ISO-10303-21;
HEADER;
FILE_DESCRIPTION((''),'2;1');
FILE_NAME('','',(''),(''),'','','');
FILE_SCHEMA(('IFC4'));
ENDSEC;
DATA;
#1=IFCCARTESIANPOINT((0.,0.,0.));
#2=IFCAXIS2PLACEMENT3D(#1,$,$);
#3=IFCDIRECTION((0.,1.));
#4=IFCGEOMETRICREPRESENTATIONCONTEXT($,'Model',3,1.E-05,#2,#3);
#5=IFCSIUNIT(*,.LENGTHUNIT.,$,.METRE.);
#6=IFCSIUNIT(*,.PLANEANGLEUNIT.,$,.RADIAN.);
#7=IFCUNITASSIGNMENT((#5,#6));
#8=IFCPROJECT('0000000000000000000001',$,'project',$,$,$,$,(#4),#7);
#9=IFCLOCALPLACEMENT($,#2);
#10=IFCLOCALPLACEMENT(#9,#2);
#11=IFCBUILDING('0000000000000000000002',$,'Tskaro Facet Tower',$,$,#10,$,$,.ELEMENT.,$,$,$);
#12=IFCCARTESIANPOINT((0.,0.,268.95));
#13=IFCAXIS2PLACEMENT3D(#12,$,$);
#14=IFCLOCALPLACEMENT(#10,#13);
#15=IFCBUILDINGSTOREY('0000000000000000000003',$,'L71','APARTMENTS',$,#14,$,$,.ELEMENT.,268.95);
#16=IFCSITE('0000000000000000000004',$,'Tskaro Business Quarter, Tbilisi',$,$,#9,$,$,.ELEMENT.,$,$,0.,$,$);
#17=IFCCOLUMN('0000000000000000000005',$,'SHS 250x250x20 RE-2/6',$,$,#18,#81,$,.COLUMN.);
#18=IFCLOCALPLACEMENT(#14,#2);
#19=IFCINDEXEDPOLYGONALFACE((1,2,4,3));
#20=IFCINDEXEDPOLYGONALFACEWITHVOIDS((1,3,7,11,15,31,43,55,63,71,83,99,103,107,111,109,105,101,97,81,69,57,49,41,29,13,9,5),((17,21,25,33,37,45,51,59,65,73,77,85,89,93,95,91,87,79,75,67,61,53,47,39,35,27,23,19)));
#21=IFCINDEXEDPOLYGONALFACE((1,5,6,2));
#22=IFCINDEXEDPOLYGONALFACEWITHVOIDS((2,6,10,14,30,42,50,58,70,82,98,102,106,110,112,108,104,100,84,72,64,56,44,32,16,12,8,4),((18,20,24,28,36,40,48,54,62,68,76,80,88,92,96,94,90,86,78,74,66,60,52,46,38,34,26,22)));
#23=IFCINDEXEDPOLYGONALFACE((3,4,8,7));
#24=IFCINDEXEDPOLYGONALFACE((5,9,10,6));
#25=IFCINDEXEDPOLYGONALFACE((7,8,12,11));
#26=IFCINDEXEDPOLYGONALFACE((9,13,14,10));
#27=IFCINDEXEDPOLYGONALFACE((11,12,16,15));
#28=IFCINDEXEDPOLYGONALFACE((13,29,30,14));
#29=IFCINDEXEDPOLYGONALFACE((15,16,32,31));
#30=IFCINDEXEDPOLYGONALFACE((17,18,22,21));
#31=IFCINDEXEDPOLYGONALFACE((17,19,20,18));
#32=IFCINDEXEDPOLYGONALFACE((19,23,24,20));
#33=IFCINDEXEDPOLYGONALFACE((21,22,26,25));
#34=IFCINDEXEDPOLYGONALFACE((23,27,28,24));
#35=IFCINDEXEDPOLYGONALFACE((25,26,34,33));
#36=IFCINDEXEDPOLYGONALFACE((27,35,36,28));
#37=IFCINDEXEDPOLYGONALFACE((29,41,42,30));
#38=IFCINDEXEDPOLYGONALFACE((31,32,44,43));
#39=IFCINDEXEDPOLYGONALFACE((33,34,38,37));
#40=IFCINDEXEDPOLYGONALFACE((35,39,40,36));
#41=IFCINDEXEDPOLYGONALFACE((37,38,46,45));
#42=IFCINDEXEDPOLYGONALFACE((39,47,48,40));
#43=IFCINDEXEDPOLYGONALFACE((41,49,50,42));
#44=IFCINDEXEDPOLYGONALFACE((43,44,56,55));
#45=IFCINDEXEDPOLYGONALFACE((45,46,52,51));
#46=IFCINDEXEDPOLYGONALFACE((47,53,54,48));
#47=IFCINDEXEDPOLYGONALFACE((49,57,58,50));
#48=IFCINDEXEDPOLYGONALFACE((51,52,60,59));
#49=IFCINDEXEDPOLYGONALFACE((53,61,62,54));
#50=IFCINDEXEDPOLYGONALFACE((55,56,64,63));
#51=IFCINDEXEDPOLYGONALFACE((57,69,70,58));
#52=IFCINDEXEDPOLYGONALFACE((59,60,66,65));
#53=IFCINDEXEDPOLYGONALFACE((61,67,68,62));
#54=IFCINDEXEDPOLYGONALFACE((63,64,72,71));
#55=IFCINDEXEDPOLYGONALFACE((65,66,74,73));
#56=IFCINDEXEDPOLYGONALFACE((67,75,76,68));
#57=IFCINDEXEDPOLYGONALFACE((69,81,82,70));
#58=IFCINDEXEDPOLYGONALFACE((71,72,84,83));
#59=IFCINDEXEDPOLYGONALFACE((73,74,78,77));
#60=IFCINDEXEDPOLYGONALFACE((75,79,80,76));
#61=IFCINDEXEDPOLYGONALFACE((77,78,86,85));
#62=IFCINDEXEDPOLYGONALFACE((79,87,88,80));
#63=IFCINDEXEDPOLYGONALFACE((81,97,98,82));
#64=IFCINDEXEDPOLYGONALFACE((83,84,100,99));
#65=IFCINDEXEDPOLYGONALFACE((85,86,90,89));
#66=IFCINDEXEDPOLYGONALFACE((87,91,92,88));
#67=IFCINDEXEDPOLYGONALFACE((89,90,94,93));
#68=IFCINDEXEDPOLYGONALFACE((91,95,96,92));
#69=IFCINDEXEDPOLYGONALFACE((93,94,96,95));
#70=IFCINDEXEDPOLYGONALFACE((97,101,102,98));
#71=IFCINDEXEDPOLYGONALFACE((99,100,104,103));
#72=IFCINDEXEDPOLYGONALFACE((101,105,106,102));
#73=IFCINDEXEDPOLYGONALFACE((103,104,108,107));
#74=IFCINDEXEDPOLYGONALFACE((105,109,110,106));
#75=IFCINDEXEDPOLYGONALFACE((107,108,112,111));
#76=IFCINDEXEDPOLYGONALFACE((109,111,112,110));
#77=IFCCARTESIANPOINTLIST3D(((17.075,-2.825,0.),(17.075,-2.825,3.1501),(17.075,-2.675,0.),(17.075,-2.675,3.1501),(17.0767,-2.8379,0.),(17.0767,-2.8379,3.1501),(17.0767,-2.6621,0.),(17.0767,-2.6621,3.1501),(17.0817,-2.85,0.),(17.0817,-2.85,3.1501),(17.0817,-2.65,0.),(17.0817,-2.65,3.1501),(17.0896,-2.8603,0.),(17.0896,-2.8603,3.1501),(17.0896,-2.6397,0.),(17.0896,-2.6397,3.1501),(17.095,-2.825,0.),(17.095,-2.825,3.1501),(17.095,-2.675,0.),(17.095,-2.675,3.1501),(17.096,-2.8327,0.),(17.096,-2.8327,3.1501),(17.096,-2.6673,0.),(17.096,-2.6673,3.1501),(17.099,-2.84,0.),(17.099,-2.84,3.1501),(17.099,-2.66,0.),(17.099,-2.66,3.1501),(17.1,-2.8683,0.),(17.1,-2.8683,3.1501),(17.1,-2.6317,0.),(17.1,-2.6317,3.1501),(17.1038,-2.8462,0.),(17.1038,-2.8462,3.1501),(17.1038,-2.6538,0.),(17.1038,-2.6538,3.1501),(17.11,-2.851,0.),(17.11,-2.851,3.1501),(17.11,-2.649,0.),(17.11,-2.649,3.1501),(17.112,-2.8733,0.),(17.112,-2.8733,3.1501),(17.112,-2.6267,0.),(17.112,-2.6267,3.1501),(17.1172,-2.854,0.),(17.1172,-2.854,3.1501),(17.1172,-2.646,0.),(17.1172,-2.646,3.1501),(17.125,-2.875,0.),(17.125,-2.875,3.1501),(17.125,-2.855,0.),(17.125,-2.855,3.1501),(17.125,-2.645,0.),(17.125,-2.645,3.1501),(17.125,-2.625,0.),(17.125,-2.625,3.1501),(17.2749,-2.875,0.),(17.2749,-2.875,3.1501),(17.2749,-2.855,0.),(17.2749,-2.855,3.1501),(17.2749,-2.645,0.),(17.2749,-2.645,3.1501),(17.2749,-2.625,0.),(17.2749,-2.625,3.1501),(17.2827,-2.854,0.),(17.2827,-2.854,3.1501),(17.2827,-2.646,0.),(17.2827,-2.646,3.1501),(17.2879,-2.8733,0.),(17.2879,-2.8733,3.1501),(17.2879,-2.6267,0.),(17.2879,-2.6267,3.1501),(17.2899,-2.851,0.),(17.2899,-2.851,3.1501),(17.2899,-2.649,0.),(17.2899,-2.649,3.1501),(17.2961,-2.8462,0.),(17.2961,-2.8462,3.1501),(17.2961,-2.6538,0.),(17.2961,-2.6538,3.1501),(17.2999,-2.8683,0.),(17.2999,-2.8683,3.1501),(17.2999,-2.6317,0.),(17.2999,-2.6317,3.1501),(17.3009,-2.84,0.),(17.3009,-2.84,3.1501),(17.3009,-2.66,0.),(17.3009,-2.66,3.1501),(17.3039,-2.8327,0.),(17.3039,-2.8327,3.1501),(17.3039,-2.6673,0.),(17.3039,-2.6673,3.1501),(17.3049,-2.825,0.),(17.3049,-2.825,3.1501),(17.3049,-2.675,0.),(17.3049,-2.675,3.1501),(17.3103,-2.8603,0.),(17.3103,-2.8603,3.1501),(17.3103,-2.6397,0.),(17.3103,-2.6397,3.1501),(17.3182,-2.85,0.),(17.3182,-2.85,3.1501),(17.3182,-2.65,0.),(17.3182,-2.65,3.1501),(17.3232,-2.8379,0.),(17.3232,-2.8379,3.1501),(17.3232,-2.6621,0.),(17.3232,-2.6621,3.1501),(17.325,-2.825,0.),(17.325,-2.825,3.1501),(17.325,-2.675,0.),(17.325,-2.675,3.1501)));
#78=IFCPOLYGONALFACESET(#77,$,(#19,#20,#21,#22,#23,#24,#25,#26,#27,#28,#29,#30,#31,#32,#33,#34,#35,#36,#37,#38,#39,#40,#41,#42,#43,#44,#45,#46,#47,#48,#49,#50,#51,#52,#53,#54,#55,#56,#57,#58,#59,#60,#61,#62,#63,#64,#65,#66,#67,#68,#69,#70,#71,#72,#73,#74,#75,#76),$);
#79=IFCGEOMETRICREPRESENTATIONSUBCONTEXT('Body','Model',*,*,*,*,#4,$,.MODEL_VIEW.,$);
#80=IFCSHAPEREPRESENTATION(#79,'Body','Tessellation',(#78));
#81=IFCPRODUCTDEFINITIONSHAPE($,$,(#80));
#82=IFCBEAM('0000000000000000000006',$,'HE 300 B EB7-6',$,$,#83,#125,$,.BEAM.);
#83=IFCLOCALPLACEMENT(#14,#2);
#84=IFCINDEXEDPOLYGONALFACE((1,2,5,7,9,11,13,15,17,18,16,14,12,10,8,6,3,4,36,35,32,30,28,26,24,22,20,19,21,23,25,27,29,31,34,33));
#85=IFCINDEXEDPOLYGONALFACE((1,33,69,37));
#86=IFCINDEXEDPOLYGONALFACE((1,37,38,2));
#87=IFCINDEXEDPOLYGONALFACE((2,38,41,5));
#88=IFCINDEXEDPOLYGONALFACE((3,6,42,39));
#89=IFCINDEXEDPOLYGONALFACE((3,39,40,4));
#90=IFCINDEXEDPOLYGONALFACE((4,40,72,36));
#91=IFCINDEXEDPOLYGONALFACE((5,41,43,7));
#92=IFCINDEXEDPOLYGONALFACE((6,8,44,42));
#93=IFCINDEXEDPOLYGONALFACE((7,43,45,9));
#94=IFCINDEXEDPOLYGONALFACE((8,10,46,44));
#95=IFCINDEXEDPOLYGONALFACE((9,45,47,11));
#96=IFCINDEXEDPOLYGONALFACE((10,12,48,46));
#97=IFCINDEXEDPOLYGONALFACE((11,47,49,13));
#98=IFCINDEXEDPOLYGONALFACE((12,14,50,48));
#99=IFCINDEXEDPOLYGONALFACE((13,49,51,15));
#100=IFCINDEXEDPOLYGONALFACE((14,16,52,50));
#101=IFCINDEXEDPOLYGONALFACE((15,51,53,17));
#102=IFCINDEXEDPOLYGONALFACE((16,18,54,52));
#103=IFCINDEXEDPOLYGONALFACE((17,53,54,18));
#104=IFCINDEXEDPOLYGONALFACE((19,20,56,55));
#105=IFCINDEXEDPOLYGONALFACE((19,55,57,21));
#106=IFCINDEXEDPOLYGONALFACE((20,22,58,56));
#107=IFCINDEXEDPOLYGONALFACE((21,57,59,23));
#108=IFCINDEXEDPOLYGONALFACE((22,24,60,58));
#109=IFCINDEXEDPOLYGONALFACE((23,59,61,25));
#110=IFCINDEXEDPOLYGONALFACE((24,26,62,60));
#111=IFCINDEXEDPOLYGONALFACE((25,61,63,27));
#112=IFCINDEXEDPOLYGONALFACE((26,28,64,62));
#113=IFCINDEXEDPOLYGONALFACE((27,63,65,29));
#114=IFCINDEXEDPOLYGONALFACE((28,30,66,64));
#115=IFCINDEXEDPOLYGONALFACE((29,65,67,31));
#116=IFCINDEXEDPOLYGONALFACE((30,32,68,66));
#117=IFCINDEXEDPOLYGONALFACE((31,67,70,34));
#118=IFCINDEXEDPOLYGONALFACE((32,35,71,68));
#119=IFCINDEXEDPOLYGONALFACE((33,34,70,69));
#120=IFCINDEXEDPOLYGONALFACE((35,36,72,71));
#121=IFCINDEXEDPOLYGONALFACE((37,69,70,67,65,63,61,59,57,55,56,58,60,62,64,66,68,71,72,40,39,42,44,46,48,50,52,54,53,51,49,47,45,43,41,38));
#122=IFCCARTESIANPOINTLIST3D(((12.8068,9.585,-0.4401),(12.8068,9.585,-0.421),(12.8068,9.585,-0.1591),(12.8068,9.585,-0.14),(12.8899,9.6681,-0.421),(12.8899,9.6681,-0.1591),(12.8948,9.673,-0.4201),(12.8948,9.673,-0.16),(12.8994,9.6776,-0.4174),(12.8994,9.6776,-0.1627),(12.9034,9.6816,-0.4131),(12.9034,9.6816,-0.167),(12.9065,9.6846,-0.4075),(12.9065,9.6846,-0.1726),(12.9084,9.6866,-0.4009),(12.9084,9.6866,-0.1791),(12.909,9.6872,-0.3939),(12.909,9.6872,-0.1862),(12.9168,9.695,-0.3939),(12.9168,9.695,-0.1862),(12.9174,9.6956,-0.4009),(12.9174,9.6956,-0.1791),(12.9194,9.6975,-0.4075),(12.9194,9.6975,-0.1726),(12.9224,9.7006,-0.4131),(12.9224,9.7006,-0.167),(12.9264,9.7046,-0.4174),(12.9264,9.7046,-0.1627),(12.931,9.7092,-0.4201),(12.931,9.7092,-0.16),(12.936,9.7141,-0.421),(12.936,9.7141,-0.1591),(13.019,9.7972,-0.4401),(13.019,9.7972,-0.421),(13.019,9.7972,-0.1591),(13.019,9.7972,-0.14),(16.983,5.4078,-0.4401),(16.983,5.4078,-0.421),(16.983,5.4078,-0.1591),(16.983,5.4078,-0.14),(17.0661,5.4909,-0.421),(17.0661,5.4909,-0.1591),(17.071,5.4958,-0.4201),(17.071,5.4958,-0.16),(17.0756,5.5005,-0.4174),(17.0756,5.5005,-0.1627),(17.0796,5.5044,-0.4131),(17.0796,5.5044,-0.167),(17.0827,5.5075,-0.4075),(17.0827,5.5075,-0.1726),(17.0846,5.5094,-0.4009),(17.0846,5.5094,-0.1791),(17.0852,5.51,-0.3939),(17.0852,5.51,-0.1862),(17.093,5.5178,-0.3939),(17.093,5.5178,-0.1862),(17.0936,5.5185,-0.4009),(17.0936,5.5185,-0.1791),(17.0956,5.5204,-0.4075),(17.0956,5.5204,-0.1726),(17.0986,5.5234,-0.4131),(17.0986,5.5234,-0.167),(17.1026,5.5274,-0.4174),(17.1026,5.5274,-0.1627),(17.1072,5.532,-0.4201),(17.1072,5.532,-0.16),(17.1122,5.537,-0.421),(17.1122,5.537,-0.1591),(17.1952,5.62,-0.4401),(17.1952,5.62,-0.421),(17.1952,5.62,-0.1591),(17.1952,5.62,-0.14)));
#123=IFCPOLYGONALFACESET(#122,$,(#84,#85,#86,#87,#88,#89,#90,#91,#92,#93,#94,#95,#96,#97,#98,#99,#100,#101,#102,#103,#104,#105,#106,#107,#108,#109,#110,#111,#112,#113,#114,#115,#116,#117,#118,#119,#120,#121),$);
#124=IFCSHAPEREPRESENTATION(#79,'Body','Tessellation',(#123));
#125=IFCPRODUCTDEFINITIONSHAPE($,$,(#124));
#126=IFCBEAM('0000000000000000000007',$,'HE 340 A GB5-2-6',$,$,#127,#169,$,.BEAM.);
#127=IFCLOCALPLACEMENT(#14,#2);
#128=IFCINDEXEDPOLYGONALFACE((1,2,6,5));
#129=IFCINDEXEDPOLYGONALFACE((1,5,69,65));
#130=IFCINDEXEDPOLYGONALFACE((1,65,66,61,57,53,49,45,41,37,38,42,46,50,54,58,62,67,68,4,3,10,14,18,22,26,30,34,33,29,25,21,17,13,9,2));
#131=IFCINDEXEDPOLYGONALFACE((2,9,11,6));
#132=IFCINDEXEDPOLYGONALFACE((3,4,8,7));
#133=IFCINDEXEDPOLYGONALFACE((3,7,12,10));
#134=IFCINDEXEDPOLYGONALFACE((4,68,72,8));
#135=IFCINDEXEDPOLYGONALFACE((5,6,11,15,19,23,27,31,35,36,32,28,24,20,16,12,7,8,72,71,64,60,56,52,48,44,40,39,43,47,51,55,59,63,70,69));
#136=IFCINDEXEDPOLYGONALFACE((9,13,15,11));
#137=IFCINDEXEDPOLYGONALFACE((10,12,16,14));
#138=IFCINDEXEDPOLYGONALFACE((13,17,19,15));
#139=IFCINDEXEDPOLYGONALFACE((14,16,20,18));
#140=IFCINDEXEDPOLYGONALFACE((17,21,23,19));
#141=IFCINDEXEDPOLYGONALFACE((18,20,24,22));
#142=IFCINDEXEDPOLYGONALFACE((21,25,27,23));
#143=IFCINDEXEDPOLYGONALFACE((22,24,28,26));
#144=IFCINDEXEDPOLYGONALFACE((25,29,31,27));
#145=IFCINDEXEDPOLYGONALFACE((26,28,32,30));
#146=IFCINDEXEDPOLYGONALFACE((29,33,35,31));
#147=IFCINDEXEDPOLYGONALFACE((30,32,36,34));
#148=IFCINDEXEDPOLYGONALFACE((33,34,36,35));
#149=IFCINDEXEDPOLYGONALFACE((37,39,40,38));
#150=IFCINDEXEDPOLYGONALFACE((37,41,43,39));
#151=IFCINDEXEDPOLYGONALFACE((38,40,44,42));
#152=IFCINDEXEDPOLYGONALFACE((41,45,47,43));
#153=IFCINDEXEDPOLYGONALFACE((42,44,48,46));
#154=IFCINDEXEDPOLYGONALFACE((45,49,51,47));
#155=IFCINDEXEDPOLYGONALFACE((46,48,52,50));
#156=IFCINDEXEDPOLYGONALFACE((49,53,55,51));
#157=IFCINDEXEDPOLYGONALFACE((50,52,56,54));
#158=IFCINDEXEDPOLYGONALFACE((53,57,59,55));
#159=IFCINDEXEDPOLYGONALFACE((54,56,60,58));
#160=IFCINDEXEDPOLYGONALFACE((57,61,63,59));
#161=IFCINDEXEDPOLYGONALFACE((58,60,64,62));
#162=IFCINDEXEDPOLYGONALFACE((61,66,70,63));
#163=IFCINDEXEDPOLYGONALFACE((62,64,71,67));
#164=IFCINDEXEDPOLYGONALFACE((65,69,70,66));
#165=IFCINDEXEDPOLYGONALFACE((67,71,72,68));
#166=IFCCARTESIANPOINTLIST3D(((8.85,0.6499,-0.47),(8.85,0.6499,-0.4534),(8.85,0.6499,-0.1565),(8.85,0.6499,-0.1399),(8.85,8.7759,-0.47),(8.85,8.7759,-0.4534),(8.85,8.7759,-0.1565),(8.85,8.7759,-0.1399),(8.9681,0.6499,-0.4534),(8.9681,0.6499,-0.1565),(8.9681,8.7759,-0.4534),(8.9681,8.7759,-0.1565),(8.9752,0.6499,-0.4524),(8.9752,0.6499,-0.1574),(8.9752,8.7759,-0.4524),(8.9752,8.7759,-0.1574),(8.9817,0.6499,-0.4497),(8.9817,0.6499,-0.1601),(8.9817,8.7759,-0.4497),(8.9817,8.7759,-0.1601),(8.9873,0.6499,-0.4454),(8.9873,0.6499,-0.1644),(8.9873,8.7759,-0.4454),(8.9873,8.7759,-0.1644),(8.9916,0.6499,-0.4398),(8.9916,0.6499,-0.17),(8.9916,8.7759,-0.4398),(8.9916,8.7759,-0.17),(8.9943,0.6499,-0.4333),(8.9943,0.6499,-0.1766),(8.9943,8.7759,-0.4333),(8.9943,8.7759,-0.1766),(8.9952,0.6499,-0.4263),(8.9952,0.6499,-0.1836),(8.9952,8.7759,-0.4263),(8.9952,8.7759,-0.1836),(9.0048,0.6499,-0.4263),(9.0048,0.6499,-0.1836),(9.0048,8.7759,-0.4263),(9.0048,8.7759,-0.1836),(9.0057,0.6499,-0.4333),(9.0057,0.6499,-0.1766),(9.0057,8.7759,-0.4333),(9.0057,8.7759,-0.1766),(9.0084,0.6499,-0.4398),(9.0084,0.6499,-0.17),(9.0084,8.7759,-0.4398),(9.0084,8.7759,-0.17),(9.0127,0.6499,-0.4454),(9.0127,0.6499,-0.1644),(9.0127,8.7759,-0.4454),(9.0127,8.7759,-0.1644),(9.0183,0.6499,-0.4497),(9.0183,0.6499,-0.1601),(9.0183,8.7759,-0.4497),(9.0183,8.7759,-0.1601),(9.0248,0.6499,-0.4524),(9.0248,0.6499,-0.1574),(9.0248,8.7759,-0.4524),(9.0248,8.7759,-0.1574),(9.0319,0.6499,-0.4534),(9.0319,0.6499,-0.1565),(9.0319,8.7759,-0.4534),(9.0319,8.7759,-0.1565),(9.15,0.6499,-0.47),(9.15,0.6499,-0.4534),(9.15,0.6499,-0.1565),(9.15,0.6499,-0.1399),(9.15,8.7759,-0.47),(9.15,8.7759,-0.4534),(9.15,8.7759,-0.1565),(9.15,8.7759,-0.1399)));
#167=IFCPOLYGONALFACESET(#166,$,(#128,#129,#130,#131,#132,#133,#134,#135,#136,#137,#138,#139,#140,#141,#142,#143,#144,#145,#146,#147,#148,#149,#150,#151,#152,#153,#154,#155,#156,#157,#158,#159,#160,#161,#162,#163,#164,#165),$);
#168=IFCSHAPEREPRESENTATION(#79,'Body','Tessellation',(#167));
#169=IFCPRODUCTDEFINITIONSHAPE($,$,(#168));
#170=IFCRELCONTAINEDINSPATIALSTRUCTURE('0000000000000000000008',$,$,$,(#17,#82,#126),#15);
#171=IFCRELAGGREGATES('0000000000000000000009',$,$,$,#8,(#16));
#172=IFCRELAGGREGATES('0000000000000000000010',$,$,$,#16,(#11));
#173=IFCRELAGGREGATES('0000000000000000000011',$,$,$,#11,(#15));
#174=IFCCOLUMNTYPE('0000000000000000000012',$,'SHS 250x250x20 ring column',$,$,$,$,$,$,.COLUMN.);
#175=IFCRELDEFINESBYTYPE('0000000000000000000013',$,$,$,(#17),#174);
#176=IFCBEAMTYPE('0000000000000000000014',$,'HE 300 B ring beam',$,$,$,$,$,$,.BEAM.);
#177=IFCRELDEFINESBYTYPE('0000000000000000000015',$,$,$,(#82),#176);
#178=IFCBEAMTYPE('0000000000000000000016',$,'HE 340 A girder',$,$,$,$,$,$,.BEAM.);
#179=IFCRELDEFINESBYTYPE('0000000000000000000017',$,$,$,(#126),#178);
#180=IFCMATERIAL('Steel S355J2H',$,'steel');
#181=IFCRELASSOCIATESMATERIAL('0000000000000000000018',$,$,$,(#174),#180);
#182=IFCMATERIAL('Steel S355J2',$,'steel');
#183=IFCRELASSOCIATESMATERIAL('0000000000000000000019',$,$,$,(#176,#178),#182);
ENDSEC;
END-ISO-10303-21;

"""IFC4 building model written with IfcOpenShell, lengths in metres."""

from ifc_helpers import new_model, si_unit, direction, frame, origin, origin_2d, place, context, subcontext, project, spatial, hollow_rectangle, i_section, extrude, material, material_profile, profile_set, type_object, element, save


model = new_model("IFC4")

# Units and contexts
model_context = context("Model", 3, precision=1e-05, world=origin(), true_north=direction((0.0, 1.0)))
body_context = subcontext(model_context, "Body", "Model", "MODEL_VIEW")
ifc_project = project(units=[si_unit("LENGTHUNIT", "METRE"), si_unit("PLANEANGLEUNIT", "RADIAN")], contexts=[model_context])

# Site, building, storey
site_placement = place(None, origin())
site = spatial("IfcSite", under=ifc_project, at=site_placement, Name="Tskaro Business Quarter, Tbilisi", CompositionType="ELEMENT", RefElevation=0.0)
building_placement = place(site_placement, origin())
building = spatial("IfcBuilding", under=site, at=building_placement, Name="Tskaro Facet Tower", CompositionType="ELEMENT")
storey_placement = place(building_placement, frame((0.0, 0.0, 268.95)))
storey = spatial("IfcBuildingStorey", under=building, at=storey_placement, Name="L71", Description="APARTMENTS", CompositionType="ELEMENT", Elevation=268.95)

# Column
ifc_material_1 = material(Name="Steel S355J2H", Category="steel")
ifc_material_profile_1 = material_profile(ifc_material_1, hollow_rectangle(XDim=0.25, YDim=0.25, WallThickness=0.02, InnerFilletRadius=0.03, OuterFilletRadius=0.05, at=origin_2d()), Name="SHS 250x250x20")
ifc_profile_set_1 = profile_set([ifc_material_profile_1], Name="Steel S355J2H")
column_type = type_object("IfcColumnType", Name="SHS 250x250x20 ring column", PredefinedType="COLUMN", material=ifc_profile_set_1)
column_placement = place(storey_placement, frame((17.2, -2.75, 0.0), z_axis=(0.0, 0.0, 1.0), x_axis=(1.0, 0.0, 0.0)))
element("IfcColumn", 1, at=column_placement, inside=storey, type_object=column_type, Name="SHS 250x250x20 RE-2/6", PredefinedType="COLUMN", context=body_context, shape_type="SweptSolid", body=[
    extrude(hollow_rectangle(XDim=0.25, YDim=0.25, WallThickness=0.02, InnerFilletRadius=0.03, OuterFilletRadius=0.05, at=origin_2d()), origin(), (0.0, 0.0, 1.0), 3.1501),
])

# Beams
ifc_material_2 = material(Name="Steel S355J2", Category="steel")
ifc_material_profile_2 = material_profile(ifc_material_2, i_section(OverallWidth=0.3, OverallDepth=0.3, WebThickness=0.011, FlangeThickness=0.019, FilletRadius=0.0271, at=origin_2d()), Name="HE 300 B")
ifc_profile_set_2 = profile_set([ifc_material_profile_2], Name="Steel S355J2")
beam_type_1 = type_object("IfcBeamType", Name="HE 300 B ring beam", PredefinedType="BEAM", material=ifc_profile_set_2)
beam_1_placement = place(storey_placement, frame((17.0891, 5.5139, -0.29), z_axis=(-0.707024, 0.707189, 0.0), x_axis=(-0.707189, -0.707024, 0.0)))
element("IfcBeam", 2, at=beam_1_placement, inside=storey, type_object=beam_type_1, Name="HE 300 B EB7-6", PredefinedType="BEAM", context=body_context, shape_type="SweptSolid", body=[
    extrude(i_section(OverallWidth=0.3, OverallDepth=0.3, WebThickness=0.011, FlangeThickness=0.019, FilletRadius=0.0271, at=origin_2d()), origin(), (0.0, 0.0, 1.0), 5.9067),
])
ifc_material_profile_3 = material_profile(ifc_material_2, i_section(OverallWidth=0.3, OverallDepth=0.3301, WebThickness=0.0095, FlangeThickness=0.0166, FilletRadius=0.0271, at=origin_2d()), Name="HE 340 A")
ifc_profile_set_3 = profile_set([ifc_material_profile_3], Name="Steel S355J2")
beam_type_2 = type_object("IfcBeamType", Name="HE 340 A girder", PredefinedType="BEAM", material=ifc_profile_set_3)
beam_2_placement = place(storey_placement, frame((9.0, 0.6499, -0.3049), z_axis=(0.0, 1.0, 0.0), x_axis=(-1.0, 0.0, 0.0)))
element("IfcBeam", 3, at=beam_2_placement, inside=storey, type_object=beam_type_2, Name="HE 340 A GB5-2-6", PredefinedType="BEAM", context=body_context, shape_type="SweptSolid", body=[
    extrude(i_section(OverallWidth=0.3, OverallDepth=0.3301, WebThickness=0.0095, FlangeThickness=0.0166, FilletRadius=0.0271, at=origin_2d()), origin(), (0.0, 0.0, 1.0), 8.126),
])

save(model, "model.ifc")
